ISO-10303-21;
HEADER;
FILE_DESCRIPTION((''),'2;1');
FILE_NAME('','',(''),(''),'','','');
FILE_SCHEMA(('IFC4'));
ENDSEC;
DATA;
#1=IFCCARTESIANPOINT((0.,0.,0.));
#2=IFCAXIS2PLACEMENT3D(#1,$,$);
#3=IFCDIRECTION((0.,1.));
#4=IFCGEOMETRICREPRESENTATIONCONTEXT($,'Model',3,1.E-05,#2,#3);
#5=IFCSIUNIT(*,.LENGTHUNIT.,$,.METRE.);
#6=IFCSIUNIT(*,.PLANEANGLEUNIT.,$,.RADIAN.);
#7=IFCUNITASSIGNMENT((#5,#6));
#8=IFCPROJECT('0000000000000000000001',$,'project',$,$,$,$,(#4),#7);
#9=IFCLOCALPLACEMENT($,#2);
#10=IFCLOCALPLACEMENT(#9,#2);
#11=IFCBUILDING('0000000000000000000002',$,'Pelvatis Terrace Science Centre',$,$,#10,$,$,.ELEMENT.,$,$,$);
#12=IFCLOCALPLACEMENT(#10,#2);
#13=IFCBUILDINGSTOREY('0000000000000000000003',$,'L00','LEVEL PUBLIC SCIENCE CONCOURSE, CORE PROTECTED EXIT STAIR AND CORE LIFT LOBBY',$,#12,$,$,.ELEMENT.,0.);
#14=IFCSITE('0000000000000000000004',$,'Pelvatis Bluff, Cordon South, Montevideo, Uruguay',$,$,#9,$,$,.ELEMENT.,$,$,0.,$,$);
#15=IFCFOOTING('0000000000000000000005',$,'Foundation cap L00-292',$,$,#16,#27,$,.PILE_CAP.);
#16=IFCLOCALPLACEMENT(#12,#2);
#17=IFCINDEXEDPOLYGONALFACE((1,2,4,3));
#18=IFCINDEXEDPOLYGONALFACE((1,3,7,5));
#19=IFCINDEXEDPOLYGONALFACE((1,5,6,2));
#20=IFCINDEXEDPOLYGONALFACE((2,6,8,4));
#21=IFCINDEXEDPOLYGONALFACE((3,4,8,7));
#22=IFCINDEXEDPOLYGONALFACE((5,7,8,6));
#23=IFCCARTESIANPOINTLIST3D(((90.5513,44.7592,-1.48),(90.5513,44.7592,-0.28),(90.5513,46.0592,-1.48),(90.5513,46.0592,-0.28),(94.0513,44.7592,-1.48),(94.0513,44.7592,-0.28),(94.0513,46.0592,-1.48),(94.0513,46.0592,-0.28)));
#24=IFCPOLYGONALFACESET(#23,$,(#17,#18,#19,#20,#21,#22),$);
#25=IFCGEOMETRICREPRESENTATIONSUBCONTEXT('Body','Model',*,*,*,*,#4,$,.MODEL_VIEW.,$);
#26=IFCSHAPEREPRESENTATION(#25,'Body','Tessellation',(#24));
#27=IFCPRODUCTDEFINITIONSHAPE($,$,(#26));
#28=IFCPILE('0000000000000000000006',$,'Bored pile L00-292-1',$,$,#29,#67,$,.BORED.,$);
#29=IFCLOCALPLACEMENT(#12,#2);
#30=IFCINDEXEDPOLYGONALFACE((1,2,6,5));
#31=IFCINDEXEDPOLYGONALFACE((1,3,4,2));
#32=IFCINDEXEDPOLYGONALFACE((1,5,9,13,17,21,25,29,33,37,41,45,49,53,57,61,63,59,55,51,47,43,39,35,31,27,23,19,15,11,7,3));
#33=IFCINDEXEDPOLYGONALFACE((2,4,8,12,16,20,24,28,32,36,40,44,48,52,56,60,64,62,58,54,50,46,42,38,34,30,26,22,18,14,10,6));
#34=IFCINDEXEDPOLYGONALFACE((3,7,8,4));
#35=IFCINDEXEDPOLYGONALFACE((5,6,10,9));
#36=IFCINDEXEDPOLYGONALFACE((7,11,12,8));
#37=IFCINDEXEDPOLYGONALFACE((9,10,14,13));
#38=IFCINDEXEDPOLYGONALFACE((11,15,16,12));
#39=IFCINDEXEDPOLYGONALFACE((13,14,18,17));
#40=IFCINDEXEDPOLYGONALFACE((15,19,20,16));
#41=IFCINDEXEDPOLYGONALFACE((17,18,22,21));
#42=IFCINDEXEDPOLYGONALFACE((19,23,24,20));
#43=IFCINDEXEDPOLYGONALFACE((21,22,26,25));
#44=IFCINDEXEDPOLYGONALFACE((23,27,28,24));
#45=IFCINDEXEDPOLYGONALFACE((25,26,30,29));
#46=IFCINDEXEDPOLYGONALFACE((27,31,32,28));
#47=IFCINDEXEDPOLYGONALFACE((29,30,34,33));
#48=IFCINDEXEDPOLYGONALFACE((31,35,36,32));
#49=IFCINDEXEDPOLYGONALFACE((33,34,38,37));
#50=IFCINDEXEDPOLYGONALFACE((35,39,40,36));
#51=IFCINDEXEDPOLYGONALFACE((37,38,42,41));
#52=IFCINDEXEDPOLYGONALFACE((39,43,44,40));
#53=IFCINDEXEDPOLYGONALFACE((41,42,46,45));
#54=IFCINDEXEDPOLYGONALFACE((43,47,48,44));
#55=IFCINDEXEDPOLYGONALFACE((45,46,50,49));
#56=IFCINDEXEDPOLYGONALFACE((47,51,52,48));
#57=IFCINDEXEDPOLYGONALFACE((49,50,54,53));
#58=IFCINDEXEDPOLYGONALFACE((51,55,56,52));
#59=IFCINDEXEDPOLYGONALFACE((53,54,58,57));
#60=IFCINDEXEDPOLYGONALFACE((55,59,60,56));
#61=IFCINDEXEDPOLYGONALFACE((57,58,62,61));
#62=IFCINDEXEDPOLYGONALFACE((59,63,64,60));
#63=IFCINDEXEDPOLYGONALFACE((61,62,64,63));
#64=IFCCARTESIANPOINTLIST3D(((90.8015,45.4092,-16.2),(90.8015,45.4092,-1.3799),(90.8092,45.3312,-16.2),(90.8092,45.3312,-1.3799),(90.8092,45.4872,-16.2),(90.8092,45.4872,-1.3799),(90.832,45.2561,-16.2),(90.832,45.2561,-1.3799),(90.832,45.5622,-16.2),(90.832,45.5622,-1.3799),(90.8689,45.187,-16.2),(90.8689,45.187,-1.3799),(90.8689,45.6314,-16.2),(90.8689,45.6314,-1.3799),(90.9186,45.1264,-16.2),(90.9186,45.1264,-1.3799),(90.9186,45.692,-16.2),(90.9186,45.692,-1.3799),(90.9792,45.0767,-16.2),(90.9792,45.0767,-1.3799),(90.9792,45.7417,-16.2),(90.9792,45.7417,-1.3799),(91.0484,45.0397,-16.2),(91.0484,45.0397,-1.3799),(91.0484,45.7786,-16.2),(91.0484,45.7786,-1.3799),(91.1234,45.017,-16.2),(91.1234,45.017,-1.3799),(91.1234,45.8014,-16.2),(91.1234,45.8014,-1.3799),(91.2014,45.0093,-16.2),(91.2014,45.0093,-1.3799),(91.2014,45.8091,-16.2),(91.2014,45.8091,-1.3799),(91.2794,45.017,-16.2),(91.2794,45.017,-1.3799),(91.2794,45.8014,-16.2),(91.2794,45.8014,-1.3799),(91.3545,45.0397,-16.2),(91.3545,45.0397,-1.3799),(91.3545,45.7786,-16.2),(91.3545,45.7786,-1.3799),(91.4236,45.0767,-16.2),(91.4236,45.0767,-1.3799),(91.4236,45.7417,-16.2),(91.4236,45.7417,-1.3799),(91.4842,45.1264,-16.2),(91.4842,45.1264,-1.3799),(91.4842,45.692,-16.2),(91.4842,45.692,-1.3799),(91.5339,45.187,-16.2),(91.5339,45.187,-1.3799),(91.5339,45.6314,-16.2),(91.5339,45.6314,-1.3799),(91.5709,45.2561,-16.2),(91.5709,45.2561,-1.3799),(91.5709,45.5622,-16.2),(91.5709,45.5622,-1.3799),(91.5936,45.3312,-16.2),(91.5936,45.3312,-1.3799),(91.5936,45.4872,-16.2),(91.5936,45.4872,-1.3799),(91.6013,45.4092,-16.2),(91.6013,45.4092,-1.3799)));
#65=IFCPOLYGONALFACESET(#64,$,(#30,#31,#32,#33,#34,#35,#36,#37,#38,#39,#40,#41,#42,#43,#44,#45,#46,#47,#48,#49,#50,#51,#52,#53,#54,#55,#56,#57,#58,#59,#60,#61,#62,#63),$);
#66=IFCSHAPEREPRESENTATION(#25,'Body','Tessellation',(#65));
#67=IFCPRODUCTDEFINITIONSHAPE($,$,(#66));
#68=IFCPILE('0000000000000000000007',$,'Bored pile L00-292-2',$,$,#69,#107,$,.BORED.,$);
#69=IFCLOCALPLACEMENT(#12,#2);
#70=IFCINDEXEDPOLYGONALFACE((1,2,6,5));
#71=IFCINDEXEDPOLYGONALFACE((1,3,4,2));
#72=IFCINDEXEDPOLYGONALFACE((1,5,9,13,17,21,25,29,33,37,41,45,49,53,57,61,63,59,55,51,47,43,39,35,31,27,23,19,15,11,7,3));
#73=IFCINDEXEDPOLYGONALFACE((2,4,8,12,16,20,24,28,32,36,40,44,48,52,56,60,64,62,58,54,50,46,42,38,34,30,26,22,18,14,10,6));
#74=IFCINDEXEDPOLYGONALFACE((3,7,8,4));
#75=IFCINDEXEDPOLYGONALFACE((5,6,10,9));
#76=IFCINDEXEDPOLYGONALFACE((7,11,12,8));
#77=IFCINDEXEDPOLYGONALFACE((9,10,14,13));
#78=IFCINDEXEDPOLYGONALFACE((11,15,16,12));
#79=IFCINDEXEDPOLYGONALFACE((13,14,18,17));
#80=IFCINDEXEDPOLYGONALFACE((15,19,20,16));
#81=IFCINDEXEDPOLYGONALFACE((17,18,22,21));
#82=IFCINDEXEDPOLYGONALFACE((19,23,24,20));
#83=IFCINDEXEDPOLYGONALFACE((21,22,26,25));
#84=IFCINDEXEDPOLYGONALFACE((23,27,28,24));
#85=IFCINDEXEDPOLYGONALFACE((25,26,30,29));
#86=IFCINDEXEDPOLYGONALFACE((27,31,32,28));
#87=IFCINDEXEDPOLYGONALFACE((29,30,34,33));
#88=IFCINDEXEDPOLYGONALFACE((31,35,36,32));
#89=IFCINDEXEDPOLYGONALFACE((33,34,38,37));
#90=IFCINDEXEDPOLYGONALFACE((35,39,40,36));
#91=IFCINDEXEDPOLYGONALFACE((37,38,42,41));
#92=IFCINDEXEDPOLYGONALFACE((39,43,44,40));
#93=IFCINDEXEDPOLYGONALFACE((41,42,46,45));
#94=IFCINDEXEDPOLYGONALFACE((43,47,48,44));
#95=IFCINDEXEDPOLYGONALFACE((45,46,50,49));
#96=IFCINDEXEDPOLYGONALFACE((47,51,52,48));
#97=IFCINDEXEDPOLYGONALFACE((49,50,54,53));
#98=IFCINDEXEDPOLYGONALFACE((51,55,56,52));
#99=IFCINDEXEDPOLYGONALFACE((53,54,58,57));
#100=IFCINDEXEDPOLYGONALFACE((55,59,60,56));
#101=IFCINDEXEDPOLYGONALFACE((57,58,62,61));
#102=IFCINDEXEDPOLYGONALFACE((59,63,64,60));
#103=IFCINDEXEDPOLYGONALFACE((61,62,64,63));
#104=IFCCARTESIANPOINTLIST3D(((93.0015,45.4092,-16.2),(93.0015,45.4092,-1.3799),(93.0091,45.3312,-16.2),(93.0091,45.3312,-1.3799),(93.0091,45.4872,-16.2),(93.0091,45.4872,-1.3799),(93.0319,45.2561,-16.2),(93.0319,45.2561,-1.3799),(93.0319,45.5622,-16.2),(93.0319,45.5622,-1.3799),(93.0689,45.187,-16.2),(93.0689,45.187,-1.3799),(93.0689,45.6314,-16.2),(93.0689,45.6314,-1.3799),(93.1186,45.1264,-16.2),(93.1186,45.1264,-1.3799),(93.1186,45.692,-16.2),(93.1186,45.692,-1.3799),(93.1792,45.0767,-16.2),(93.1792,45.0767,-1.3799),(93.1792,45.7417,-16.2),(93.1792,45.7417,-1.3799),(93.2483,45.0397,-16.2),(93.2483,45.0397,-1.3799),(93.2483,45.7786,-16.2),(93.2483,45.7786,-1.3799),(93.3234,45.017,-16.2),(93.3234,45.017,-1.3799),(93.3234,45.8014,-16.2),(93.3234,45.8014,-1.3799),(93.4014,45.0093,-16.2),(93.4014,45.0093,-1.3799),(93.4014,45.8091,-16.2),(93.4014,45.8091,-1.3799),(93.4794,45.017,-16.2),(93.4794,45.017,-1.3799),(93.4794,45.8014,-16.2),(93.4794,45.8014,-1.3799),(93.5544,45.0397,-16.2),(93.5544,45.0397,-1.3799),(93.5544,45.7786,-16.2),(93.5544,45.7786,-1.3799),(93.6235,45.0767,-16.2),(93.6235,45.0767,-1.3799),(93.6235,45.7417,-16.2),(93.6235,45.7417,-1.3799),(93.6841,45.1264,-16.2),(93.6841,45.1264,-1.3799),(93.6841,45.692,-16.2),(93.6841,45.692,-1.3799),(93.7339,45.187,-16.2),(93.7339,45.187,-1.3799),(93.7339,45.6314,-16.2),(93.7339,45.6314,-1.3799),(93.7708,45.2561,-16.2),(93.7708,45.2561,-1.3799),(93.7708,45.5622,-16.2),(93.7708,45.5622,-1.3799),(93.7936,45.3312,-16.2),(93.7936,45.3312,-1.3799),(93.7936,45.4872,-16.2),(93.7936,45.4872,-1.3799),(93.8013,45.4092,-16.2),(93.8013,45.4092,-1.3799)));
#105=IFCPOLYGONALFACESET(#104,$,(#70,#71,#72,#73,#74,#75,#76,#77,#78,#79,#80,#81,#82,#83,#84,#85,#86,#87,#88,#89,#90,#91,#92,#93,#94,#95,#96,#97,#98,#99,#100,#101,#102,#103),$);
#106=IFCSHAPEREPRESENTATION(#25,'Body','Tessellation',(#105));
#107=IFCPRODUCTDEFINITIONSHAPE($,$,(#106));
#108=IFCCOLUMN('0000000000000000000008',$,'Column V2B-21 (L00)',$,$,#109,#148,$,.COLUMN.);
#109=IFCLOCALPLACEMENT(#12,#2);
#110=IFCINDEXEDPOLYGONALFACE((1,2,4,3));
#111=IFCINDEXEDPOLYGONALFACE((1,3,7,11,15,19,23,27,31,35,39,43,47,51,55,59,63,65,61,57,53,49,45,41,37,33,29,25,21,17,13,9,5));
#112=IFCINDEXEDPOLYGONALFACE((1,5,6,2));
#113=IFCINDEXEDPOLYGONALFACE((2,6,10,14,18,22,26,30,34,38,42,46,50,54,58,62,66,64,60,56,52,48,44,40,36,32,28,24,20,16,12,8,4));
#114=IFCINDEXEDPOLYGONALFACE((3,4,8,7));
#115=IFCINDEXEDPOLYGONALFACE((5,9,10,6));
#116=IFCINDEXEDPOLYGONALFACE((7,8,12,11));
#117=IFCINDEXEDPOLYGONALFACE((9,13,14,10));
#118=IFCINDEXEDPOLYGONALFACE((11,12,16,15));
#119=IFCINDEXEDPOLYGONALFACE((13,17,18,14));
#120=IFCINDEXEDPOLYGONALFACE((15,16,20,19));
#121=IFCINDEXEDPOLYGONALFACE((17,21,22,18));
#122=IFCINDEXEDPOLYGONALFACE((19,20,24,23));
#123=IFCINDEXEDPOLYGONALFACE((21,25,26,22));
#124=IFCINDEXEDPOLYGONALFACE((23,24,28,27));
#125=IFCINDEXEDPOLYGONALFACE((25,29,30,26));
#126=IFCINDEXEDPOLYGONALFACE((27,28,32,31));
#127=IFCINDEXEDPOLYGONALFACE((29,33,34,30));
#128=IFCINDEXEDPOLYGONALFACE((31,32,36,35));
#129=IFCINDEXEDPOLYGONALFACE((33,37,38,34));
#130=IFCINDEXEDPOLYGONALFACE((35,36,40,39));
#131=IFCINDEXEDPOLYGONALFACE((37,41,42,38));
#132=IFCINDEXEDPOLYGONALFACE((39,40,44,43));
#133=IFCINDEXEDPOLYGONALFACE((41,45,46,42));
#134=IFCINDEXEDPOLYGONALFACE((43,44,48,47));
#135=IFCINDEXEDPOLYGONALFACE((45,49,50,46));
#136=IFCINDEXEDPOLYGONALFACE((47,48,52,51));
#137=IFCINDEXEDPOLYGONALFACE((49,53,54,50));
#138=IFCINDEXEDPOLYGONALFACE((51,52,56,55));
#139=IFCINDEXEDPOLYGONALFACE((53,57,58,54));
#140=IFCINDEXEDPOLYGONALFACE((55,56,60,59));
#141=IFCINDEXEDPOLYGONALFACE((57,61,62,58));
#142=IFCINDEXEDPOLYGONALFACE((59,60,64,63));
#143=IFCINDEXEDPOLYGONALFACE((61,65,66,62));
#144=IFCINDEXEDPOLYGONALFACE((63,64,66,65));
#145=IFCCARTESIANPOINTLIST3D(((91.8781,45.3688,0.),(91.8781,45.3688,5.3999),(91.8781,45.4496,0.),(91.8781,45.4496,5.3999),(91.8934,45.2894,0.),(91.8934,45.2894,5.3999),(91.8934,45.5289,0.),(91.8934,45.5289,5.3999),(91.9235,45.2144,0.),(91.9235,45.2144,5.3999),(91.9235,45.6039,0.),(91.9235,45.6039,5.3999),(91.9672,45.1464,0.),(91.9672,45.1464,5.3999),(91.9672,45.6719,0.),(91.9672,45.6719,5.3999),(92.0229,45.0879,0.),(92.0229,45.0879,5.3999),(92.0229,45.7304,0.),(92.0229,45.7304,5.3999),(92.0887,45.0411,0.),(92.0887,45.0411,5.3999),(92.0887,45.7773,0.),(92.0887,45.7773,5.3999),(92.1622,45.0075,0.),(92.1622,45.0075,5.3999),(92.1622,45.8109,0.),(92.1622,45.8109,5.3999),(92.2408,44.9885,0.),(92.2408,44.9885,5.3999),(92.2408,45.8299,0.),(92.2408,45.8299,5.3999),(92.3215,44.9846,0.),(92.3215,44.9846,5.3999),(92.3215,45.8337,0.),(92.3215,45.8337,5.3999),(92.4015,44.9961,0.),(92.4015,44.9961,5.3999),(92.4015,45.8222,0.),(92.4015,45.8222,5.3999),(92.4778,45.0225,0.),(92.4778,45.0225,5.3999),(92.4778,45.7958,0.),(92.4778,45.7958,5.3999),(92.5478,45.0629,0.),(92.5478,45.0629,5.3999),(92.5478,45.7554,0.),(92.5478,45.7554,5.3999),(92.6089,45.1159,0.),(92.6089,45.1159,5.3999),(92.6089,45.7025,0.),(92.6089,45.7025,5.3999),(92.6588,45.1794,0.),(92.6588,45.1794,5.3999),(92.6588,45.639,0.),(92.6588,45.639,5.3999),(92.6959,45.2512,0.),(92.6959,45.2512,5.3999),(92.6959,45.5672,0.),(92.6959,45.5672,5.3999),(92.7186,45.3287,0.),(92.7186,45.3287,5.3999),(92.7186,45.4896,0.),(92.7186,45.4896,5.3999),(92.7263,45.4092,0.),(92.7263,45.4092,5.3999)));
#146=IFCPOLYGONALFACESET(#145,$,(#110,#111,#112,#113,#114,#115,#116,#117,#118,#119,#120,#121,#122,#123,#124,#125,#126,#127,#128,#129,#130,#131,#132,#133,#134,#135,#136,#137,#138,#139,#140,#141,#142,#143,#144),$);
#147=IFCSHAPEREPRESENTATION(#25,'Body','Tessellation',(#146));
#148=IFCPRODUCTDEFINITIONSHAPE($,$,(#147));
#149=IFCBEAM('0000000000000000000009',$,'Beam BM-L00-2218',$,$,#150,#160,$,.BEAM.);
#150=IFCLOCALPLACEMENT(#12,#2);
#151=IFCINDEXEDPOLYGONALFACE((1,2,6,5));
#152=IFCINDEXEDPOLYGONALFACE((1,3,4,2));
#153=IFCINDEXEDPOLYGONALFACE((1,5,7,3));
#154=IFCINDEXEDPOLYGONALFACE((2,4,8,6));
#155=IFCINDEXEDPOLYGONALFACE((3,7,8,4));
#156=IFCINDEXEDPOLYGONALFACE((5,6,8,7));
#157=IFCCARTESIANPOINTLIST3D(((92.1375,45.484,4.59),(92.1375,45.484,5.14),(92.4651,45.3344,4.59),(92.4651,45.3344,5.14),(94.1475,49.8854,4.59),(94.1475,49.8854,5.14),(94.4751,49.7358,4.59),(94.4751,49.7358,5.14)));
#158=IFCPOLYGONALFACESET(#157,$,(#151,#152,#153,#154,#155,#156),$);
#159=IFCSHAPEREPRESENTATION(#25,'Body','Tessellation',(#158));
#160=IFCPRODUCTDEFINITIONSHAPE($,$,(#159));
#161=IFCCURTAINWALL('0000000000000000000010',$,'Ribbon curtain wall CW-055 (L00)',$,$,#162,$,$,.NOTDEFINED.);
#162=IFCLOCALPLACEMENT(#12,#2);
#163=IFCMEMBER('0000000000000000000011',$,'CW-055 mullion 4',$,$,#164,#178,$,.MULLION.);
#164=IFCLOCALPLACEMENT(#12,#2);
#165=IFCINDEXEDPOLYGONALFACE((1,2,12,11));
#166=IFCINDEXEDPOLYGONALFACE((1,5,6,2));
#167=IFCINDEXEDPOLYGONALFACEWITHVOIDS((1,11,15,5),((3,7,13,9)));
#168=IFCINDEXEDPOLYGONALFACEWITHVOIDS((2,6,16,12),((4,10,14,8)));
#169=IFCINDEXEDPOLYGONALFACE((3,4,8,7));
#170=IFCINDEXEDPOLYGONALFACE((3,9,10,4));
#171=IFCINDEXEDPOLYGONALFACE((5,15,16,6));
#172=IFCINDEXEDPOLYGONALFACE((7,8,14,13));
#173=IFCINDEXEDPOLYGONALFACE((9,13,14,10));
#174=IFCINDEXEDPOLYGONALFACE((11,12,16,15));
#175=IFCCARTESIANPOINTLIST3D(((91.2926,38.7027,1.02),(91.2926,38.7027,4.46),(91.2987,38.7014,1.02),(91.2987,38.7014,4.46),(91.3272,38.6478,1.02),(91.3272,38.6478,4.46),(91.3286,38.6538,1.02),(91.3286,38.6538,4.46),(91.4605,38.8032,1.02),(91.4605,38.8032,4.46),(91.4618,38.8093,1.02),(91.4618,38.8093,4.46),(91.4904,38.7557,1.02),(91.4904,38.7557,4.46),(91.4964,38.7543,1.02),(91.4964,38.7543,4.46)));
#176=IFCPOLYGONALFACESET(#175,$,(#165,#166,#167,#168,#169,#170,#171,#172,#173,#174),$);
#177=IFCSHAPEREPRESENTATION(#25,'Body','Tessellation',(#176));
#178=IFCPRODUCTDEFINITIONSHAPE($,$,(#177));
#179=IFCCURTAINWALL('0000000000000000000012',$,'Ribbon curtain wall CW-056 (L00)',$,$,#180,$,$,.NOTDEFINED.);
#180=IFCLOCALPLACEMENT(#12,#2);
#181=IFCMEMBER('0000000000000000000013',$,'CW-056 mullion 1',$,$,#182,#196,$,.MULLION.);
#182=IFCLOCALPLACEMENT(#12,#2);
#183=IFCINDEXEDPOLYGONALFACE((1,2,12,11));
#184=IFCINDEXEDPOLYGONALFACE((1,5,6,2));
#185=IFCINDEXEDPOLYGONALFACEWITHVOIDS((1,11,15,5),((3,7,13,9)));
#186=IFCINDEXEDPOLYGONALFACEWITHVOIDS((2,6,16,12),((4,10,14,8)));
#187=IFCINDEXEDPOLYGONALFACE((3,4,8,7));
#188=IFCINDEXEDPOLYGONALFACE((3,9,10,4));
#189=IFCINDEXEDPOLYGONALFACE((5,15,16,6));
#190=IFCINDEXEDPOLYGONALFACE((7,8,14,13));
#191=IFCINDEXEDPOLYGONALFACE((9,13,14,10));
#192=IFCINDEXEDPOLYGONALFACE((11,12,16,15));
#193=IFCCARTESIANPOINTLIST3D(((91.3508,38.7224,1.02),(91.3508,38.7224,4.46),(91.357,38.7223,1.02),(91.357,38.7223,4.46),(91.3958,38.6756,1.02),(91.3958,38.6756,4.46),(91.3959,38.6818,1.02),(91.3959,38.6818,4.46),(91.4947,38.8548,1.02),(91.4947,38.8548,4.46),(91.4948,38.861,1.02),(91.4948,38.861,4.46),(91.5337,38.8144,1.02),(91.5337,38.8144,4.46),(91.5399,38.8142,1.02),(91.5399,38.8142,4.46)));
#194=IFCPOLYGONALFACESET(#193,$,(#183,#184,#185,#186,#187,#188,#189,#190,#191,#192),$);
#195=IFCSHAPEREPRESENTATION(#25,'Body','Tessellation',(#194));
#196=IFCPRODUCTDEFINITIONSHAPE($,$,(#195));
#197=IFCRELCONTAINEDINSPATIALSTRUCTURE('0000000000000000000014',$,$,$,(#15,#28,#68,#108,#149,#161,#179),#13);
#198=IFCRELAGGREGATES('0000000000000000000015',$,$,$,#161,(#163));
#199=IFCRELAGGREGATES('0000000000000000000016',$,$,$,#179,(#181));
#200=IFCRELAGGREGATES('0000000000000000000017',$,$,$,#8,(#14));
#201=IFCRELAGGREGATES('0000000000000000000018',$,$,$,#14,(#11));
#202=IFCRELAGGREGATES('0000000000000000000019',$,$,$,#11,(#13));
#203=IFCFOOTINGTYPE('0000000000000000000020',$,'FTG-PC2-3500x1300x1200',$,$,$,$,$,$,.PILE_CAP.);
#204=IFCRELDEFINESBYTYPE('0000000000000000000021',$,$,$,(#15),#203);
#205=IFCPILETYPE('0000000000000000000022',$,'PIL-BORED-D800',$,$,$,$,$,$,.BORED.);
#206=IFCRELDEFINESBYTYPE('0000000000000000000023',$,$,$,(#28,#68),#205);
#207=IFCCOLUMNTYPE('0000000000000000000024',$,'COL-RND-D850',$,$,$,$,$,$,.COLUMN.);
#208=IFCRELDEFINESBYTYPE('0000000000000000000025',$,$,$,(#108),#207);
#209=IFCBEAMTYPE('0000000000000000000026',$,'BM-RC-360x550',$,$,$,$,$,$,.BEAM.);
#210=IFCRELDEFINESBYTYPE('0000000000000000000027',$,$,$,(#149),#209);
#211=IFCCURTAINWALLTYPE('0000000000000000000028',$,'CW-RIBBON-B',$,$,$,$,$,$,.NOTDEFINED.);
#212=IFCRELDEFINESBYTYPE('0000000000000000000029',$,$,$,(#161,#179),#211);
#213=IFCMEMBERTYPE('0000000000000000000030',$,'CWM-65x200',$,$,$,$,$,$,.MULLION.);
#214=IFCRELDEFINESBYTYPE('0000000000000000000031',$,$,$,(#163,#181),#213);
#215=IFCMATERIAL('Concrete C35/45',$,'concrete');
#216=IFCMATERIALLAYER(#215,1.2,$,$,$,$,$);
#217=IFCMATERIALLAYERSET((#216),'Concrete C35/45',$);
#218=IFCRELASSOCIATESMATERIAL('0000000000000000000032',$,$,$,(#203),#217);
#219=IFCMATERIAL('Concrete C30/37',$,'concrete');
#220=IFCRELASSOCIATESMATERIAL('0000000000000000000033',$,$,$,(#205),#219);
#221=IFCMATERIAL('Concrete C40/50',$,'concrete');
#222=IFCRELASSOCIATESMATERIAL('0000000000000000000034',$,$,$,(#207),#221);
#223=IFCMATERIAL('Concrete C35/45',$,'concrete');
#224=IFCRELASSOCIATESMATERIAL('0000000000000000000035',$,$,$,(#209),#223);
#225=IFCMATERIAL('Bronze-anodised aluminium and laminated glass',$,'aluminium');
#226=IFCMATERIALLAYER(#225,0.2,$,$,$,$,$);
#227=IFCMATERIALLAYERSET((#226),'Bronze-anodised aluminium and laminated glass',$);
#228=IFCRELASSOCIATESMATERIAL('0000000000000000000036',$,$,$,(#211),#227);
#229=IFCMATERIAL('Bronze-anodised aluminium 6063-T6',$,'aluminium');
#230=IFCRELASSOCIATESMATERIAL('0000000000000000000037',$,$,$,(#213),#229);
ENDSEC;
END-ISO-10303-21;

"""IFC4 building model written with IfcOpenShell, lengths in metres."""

from ifc_helpers import new_model, si_unit, direction, frame, origin, origin_2d, place, context, subcontext, project, spatial, rectangle, hollow_rectangle, circle, extrude, material, layer, layer_set, material_profile, profile_set, type_object, element, aggregate, save


model = new_model("IFC4")

# Units and contexts
model_context = context("Model", 3, precision=1e-05, world=origin(), true_north=direction((0.0, 1.0)))
body_context = subcontext(model_context, "Body", "Model", "MODEL_VIEW")
ifc_project = project(units=[si_unit("LENGTHUNIT", "METRE"), si_unit("PLANEANGLEUNIT", "RADIAN")], contexts=[model_context])

# Site, building, storey
site_placement = place(None, origin())
site = spatial("IfcSite", under=ifc_project, at=site_placement, Name="Pelvatis Bluff, Cordon South, Montevideo, Uruguay", CompositionType="ELEMENT", RefElevation=0.0)
building_placement = place(site_placement, origin())
building = spatial("IfcBuilding", under=site, at=building_placement, Name="Pelvatis Terrace Science Centre", CompositionType="ELEMENT")
storey_placement = place(building_placement, origin())
storey = spatial("IfcBuildingStorey", under=building, at=storey_placement, Name="L00", Description="LEVEL PUBLIC SCIENCE CONCOURSE, CORE PROTECTED EXIT STAIR AND CORE LIFT LOBBY", CompositionType="ELEMENT", Elevation=0.0)

# Footing
ifc_material_1 = material(Name="Concrete C35/45", Category="concrete")
ifc_layer_1 = layer(ifc_material_1, 1.2)
ifc_layer_set_1 = layer_set([ifc_layer_1], Name="Concrete C35/45")
footing_type = type_object("IfcFootingType", Name="FTG-PC2-3500x1300x1200", PredefinedType="PILE_CAP", material=ifc_layer_set_1)
footing_placement = place(storey_placement, frame((92.3013, 45.4092, -1.48), z_axis=(0.0, 0.0, 1.0), x_axis=(1.0, 0.0, 0.0)))
element("IfcFooting", 1, at=footing_placement, inside=storey, type_object=footing_type, Name="Foundation cap L00-292", PredefinedType="PILE_CAP", context=body_context, shape_type="SweptSolid", body=[
    extrude(rectangle(XDim=3.5, YDim=1.3, at=origin_2d()), origin(), (0.0, 0.0, 1.0), 1.2),
])

# Piles
ifc_material_2 = material(Name="Concrete C30/37", Category="concrete")
ifc_material_profile_1 = material_profile(ifc_material_2, circle(Radius=0.3999, at=origin_2d()), Name="PILE D800")
ifc_profile_set_1 = profile_set([ifc_material_profile_1], Name="Concrete C30/37")
pile_type = type_object("IfcPileType", Name="PIL-BORED-D800", PredefinedType="BORED", material=ifc_profile_set_1)
for number, where, z_axis, x_axis, name in (
    (2, (91.2014, 45.4092, -1.3799), (0.0, 0.0, -1.0), (1.0, 0.0, 0.0), "Bored pile L00-292-1"),
    (3, (93.4014, 45.4092, -1.3799), (0.0, 0.0, -1.0), (1.0, 0.0, 0.0), "Bored pile L00-292-2"),
):
    element("IfcPile", number, at=place(storey_placement, frame(where, z_axis=z_axis, x_axis=x_axis)), inside=storey, type_object=pile_type, Name=name, PredefinedType="BORED", context=body_context, shape_type="SweptSolid", body=[
        extrude(circle(Radius=0.3999, at=origin_2d()), origin(), (0.0, 0.0, 1.0), 14.8201),
    ])

# Column
ifc_material_3 = material(Name="Concrete C40/50", Category="concrete")
ifc_material_profile_2 = material_profile(ifc_material_3, circle(Radius=0.425, at=origin_2d()), Name="RC-RCOL D850")
ifc_profile_set_2 = profile_set([ifc_material_profile_2], Name="Concrete C40/50")
column_type = type_object("IfcColumnType", Name="COL-RND-D850", PredefinedType="COLUMN", material=ifc_profile_set_2)
column_placement = place(storey_placement, frame((92.3013, 45.4092, 0.0), z_axis=(0.0, 0.0, 1.0), x_axis=(1.0, 0.0, 0.0)))
element("IfcColumn", 4, at=column_placement, inside=storey, type_object=column_type, Name="Column V2B-21 (L00)", PredefinedType="COLUMN", context=body_context, shape_type="SweptSolid", body=[
    extrude(circle(Radius=0.425, at=origin_2d()), origin(), (0.0, 0.0, 1.0), 5.3999),
])

# Beam
ifc_material_4 = material(Name="Concrete C35/45", Category="concrete")
ifc_material_profile_3 = material_profile(ifc_material_4, rectangle(XDim=0.3601, YDim=0.55, at=origin_2d()), Name="RC-BM 360x550")
ifc_profile_set_3 = profile_set([ifc_material_profile_3], Name="Concrete C35/45")
beam_type = type_object("IfcBeamType", Name="BM-RC-360x550", PredefinedType="BEAM", material=ifc_profile_set_3)
beam_placement = place(storey_placement, frame((92.3013, 45.4092, 4.865), z_axis=(0.41541, 0.909634, 0.0), x_axis=(-0.909634, 0.41541, 0.0)))
element("IfcBeam", 5, at=beam_placement, inside=storey, type_object=beam_type, Name="Beam BM-L00-2218", PredefinedType="BEAM", context=body_context, shape_type="SweptSolid", body=[
    extrude(rectangle(XDim=0.3601, YDim=0.55, at=origin_2d()), origin(), (0.0, 0.0, 1.0), 4.8386),
])

# Curtain wall, member
ifc_material_5 = material(Name="Bronze-anodised aluminium and laminated glass", Category="aluminium")
ifc_layer_2 = layer(ifc_material_5, 0.2)
ifc_layer_set_2 = layer_set([ifc_layer_2], Name="Bronze-anodised aluminium and laminated glass")
curtain_wall_type = type_object("IfcCurtainWallType", Name="CW-RIBBON-B", PredefinedType="NOTDEFINED", material=ifc_layer_set_2)
curtain_wall_1_placement = place(storey_placement, origin())
curtain_wall_1 = element("IfcCurtainWall", 6, at=curtain_wall_1_placement, inside=storey, type_object=curtain_wall_type, Name="Ribbon curtain wall CW-055 (L00)", PredefinedType="NOTDEFINED")
ifc_material_6 = material(Name="Bronze-anodised aluminium 6063-T6", Category="aluminium")
ifc_material_profile_4 = material_profile(ifc_material_6, hollow_rectangle(XDim=0.0649, YDim=0.2, WallThickness=0.0044, at=origin_2d()), Name="ALU-MUL 65x200")
ifc_profile_set_4 = profile_set([ifc_material_profile_4], Name="Bronze-anodised aluminium 6063-T6")
member_type_1 = type_object("IfcMemberType", Name="CWM-65x200", PredefinedType="MULLION", material=ifc_profile_set_4)
member_1_placement = place(storey_placement, frame((91.3945, 38.7285, 1.02), z_axis=(0.0, 0.0, 1.0), x_axis=(-0.532701, 0.846304, 0.0)))
member_1 = element("IfcMember", 7, at=member_1_placement, type_object=member_type_1, Name="CW-055 mullion 4", PredefinedType="MULLION", context=body_context, shape_type="SweptSolid", body=[
    extrude(hollow_rectangle(XDim=0.0649, YDim=0.2, WallThickness=0.0044, at=origin_2d()), origin(), (0.0, 0.0, 1.0), 3.4399),
])
aggregate(curtain_wall_1, [member_1])

# Curtain wall, member
curtain_wall_2_placement = place(storey_placement, origin())
curtain_wall_2 = element("IfcCurtainWall", 8, at=curtain_wall_2_placement, inside=storey, type_object=curtain_wall_type, Name="Ribbon curtain wall CW-056 (L00)", PredefinedType="NOTDEFINED")
member_2_placement = place(storey_placement, frame((91.4453, 38.7683, 1.02), z_axis=(0.0, 0.0, 1.0), x_axis=(-0.693369, 0.720583, 0.0)))
member_2 = element("IfcMember", 9, at=member_2_placement, type_object=member_type_1, Name="CW-056 mullion 1", PredefinedType="MULLION", context=body_context, shape_type="SweptSolid", body=[
    extrude(hollow_rectangle(XDim=0.0649, YDim=0.2, WallThickness=0.0044, at=origin_2d()), origin(), (0.0, 0.0, 1.0), 3.4399),
])
aggregate(curtain_wall_2, [member_2])

save(model, "model.ifc")
